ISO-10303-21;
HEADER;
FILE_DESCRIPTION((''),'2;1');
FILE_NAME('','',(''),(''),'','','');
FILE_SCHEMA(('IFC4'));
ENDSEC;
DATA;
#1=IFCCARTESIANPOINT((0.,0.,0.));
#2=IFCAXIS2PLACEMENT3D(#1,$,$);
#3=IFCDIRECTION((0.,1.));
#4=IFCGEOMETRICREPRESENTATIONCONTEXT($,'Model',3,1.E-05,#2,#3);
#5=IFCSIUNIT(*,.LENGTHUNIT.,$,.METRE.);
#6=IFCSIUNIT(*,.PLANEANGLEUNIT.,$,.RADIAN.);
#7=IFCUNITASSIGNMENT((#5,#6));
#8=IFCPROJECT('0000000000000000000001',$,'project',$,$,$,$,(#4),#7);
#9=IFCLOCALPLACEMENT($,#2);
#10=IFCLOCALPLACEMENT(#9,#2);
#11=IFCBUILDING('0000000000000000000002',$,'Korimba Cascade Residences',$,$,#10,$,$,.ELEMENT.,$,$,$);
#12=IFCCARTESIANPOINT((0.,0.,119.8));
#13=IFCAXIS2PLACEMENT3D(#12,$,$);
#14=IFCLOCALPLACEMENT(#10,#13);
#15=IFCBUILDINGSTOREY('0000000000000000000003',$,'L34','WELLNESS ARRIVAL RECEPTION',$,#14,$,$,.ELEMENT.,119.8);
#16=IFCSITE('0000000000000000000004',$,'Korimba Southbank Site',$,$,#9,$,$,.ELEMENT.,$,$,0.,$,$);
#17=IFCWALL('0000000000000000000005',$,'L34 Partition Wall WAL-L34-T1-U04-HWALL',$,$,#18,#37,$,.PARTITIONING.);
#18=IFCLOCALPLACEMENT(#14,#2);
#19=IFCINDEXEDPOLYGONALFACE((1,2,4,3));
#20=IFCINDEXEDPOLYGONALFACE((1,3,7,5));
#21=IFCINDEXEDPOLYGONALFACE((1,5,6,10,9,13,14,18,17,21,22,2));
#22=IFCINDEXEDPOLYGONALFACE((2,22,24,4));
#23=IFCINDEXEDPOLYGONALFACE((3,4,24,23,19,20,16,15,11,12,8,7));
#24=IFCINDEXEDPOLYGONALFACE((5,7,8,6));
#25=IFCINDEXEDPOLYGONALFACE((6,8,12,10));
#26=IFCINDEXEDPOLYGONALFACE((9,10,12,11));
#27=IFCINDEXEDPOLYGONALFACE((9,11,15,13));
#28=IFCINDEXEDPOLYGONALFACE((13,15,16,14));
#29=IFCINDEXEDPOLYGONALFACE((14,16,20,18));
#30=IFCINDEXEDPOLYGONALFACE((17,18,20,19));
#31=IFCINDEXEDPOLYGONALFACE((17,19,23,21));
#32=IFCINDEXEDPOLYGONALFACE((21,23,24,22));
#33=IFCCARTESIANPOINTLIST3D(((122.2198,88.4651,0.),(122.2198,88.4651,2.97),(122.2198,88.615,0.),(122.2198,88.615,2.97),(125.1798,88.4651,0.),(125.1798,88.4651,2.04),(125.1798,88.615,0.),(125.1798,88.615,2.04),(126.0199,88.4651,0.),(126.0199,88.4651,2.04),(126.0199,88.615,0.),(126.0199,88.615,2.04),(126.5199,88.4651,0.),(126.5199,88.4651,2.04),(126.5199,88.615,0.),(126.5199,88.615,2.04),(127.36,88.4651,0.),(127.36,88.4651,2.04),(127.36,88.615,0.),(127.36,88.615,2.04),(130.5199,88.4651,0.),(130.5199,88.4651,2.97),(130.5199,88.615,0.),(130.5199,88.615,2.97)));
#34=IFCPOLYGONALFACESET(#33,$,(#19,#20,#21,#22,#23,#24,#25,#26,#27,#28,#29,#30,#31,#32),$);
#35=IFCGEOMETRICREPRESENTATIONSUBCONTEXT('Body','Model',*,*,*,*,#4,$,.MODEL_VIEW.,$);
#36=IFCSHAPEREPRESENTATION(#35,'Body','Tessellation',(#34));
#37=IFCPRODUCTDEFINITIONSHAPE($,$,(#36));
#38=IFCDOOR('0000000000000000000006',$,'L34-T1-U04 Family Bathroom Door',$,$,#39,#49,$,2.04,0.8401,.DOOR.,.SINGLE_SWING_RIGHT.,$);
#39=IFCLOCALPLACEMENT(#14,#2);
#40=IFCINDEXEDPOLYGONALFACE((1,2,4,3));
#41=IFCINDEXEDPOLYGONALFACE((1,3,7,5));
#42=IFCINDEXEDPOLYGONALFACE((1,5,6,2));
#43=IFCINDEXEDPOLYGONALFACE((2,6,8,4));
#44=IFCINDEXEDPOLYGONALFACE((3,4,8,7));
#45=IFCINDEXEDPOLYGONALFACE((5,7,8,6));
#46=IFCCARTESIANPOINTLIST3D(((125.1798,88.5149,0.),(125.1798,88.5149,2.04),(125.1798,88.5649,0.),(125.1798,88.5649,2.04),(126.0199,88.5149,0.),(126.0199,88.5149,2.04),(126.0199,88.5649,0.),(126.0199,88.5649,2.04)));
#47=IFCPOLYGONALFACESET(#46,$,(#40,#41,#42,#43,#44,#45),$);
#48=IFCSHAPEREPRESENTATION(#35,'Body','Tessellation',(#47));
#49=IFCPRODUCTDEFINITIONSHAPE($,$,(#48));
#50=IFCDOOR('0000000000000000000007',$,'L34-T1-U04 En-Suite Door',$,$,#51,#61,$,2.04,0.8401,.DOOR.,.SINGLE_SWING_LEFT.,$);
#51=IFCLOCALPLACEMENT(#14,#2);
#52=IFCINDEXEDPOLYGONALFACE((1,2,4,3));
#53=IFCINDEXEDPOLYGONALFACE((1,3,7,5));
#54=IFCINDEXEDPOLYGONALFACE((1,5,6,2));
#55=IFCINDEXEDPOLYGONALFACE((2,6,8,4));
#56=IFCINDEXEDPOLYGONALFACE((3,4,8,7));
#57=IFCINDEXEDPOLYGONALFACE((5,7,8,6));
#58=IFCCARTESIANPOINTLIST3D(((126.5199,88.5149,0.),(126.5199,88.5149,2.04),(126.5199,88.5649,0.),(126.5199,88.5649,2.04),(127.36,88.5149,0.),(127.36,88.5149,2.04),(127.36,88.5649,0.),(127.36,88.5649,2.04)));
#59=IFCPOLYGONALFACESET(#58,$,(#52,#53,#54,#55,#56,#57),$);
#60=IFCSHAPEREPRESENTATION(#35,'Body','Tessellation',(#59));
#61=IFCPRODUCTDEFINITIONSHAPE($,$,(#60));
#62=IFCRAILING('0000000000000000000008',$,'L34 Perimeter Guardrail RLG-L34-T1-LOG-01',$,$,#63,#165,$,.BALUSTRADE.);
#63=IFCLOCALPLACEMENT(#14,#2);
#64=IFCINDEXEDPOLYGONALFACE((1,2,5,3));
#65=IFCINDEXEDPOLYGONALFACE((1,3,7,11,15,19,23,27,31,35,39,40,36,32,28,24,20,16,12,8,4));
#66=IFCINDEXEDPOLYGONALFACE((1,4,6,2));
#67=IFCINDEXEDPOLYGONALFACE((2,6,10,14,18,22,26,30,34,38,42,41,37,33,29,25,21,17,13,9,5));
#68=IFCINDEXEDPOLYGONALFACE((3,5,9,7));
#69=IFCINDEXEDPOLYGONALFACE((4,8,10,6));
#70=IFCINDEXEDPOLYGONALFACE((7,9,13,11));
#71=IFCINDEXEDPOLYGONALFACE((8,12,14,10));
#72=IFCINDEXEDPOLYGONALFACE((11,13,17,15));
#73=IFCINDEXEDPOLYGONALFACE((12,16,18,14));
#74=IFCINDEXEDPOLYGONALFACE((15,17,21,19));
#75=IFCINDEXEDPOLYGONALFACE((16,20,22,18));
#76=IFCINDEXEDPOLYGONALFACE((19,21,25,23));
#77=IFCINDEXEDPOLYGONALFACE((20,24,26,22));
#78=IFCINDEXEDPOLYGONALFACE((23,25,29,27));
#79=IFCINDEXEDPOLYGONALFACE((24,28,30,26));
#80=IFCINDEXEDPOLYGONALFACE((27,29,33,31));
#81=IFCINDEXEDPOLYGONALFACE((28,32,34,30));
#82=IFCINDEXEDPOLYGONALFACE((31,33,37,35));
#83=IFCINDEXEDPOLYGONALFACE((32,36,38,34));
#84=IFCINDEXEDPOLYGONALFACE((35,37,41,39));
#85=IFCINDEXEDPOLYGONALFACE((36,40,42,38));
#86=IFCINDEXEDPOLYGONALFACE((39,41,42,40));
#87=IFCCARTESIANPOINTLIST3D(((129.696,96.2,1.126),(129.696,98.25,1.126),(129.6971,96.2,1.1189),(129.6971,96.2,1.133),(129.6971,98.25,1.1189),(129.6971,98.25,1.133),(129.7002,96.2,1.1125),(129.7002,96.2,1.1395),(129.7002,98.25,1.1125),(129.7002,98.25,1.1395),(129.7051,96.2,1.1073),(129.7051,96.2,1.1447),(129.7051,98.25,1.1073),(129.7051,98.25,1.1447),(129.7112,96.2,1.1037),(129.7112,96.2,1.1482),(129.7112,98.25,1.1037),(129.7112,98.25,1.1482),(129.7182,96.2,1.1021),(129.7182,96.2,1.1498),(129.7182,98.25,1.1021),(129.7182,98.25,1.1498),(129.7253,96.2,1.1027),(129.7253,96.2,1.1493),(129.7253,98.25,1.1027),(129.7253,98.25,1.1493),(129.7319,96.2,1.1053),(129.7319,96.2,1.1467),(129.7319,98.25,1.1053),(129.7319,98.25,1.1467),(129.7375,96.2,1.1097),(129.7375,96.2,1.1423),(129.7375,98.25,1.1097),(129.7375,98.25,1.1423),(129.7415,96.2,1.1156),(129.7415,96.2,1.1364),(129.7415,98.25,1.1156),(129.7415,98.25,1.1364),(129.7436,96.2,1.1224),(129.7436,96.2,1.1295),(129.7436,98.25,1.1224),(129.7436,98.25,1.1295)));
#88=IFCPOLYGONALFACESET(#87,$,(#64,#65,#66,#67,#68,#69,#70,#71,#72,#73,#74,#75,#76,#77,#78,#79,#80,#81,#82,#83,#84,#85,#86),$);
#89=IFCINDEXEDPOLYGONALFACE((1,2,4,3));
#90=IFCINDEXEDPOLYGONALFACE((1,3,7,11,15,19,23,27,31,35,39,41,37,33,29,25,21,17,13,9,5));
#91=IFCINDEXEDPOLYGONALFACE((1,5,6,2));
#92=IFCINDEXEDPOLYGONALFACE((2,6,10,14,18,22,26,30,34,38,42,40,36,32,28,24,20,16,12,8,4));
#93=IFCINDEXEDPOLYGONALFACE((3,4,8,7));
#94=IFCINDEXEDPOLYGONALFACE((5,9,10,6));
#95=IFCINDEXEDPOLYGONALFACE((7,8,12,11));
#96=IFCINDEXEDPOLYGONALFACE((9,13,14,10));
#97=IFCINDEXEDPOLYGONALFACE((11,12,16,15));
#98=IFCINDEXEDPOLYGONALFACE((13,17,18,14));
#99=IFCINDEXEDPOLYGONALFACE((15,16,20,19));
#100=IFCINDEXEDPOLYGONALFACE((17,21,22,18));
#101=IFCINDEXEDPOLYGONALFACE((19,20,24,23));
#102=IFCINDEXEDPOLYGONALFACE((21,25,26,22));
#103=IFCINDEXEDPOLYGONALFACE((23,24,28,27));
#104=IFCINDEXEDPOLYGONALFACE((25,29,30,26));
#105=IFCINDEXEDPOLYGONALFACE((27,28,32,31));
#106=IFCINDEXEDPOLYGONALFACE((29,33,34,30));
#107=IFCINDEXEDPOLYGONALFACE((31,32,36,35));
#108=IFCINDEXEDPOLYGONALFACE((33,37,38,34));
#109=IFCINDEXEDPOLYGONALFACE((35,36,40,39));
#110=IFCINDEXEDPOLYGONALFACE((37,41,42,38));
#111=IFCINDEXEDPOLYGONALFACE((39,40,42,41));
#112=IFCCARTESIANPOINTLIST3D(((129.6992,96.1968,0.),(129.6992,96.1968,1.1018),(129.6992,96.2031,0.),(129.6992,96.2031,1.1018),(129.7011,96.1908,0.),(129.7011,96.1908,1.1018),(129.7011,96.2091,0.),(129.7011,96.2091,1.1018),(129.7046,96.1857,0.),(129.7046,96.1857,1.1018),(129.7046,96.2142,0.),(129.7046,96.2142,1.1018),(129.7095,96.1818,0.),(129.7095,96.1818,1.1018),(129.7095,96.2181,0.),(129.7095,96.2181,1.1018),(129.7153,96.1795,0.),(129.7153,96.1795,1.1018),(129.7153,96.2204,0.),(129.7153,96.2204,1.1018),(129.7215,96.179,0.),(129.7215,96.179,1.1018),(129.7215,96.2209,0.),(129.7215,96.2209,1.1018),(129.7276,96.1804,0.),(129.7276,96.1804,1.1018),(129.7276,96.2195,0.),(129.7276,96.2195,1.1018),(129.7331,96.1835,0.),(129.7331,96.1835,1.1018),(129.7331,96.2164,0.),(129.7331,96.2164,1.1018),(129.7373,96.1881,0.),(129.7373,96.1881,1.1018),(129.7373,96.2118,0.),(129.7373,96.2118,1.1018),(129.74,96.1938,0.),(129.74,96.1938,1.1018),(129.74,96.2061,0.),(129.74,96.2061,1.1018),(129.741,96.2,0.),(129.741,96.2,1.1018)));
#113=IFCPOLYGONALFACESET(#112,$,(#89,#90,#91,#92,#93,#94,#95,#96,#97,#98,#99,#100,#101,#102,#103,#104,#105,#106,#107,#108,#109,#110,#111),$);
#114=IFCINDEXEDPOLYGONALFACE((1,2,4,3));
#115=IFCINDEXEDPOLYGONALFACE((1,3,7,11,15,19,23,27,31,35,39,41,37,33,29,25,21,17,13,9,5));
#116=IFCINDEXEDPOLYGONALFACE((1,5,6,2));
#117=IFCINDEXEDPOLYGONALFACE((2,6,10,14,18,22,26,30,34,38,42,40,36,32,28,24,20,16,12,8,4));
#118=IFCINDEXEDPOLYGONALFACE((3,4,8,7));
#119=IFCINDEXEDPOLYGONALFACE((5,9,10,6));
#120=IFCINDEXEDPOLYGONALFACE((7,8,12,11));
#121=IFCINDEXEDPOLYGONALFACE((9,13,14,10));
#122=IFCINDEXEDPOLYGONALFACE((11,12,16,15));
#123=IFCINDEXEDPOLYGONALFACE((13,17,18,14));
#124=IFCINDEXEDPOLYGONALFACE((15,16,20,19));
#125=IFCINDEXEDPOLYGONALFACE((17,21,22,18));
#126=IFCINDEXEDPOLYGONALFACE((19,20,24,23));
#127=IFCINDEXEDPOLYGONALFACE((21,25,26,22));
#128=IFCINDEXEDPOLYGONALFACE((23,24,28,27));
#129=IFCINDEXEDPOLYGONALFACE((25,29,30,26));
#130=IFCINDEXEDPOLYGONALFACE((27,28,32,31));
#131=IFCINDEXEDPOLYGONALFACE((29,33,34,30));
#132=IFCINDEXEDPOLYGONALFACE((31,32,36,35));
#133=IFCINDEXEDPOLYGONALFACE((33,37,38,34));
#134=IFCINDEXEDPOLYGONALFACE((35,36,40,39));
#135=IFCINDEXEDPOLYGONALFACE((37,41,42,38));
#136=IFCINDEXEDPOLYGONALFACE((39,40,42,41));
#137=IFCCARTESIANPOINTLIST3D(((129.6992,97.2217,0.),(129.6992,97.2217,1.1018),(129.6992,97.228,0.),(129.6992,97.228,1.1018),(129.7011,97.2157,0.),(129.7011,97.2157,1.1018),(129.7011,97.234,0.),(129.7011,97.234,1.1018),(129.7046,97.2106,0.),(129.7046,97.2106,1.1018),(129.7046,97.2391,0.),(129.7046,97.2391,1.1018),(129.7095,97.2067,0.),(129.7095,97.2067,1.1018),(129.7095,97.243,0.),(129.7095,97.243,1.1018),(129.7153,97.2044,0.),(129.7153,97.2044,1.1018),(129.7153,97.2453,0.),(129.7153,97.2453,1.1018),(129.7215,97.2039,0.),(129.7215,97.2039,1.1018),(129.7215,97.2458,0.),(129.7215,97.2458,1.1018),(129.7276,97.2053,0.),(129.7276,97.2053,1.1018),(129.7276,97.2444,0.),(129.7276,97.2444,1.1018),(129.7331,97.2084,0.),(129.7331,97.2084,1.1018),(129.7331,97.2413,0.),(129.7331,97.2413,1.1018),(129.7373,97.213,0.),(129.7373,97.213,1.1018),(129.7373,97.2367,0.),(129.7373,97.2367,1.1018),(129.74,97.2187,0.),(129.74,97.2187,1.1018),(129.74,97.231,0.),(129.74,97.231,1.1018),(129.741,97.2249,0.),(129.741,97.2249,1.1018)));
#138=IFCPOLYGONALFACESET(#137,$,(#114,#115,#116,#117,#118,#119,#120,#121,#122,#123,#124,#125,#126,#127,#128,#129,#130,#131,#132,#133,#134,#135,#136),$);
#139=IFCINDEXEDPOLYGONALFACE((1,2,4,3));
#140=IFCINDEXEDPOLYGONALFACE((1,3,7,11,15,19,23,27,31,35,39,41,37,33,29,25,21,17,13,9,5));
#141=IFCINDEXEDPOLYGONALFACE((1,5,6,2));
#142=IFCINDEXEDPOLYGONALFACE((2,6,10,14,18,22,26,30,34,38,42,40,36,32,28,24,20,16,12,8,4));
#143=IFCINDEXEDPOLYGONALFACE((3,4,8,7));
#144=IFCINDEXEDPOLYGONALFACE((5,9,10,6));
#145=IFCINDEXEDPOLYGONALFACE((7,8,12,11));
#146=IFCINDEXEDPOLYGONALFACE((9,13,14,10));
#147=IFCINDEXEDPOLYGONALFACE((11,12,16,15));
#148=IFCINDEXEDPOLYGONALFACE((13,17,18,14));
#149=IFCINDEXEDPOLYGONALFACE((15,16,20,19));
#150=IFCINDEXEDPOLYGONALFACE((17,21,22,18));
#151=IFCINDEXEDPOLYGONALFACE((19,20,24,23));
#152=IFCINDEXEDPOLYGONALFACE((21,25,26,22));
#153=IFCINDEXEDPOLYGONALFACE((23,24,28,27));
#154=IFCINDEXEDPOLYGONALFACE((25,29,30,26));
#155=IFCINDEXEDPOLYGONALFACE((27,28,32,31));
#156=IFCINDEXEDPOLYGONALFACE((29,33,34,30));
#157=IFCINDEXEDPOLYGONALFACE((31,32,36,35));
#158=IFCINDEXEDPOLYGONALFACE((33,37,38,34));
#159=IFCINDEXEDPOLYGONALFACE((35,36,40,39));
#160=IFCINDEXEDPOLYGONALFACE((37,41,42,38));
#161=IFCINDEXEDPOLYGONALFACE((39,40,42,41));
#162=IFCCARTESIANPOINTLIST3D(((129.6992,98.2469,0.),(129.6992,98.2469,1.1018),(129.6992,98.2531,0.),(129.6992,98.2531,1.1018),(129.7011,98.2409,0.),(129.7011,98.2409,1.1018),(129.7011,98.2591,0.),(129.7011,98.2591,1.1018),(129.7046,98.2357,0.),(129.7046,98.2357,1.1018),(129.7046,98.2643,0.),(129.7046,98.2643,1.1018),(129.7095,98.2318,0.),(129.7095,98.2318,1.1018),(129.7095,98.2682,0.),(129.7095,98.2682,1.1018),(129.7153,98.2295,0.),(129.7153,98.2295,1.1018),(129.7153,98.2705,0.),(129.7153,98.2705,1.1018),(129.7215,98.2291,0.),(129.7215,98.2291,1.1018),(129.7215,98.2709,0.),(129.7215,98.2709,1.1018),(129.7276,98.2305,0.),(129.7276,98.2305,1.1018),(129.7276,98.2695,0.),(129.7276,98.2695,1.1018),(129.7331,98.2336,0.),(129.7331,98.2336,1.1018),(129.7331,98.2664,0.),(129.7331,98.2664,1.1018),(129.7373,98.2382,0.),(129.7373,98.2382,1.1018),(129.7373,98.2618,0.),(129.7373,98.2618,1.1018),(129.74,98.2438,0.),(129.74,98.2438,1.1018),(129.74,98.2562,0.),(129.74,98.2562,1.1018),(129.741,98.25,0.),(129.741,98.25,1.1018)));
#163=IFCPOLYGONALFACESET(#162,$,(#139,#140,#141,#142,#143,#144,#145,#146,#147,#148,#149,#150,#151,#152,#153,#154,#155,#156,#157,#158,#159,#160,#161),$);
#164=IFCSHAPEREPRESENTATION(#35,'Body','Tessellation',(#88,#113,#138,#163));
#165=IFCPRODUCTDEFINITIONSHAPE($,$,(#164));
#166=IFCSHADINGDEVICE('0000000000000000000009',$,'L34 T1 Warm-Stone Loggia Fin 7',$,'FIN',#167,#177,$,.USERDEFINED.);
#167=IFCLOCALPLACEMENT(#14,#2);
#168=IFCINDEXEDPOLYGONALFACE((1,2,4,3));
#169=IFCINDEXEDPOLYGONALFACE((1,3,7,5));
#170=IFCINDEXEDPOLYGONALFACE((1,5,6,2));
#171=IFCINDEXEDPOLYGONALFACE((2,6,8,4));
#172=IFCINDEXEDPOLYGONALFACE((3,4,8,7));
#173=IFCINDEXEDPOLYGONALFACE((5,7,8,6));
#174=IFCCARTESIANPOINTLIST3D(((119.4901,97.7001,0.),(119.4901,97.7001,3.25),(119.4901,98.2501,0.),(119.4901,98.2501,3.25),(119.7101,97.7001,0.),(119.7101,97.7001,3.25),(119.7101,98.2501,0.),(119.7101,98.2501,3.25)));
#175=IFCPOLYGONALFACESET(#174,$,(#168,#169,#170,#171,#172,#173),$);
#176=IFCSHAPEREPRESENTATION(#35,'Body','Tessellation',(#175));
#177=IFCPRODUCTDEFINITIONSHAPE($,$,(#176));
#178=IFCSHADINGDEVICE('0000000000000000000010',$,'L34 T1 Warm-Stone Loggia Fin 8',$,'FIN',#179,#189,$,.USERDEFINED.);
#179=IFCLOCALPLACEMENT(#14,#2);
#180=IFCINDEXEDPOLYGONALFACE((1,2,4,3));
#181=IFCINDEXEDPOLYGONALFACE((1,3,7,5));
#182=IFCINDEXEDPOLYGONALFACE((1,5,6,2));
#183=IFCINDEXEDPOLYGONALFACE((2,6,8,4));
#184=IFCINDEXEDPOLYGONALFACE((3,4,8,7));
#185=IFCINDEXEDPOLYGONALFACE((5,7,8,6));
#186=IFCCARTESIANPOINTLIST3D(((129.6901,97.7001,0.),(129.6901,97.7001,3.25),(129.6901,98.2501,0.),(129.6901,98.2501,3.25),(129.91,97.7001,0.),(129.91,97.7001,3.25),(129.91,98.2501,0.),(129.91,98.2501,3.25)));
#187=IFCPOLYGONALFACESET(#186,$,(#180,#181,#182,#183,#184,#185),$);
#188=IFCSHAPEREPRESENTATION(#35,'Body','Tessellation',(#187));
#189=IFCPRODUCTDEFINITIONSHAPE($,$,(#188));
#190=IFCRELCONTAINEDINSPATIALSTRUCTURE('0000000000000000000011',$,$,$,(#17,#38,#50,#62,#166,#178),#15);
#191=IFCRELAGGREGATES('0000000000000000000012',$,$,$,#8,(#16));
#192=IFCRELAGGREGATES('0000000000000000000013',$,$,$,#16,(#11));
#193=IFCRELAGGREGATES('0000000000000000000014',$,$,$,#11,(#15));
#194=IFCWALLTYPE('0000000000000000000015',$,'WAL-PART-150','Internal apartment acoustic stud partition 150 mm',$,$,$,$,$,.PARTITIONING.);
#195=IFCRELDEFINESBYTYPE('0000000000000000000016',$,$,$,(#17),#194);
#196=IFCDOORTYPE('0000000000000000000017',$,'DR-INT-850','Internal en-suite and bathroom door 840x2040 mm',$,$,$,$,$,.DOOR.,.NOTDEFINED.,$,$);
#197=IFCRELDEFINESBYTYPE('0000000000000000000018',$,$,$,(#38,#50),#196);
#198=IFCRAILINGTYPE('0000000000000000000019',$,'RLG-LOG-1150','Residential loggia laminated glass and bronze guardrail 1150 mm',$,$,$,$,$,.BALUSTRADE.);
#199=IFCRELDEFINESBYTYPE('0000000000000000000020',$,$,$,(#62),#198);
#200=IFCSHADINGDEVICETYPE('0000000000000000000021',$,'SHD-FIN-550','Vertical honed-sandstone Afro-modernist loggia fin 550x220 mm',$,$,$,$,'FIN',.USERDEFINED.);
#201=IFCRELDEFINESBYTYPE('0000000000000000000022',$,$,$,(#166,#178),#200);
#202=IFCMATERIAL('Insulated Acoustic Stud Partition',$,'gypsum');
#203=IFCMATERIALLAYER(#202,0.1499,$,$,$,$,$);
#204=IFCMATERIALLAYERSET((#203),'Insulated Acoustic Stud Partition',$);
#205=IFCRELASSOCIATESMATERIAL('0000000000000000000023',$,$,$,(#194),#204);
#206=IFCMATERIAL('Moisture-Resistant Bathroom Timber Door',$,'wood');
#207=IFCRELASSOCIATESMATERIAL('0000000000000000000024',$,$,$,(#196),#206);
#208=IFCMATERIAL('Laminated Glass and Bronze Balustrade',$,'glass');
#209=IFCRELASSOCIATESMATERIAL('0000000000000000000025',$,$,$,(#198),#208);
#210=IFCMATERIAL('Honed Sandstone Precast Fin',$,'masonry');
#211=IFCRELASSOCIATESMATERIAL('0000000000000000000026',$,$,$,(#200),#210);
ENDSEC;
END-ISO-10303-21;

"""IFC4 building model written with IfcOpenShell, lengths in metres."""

from ifc_helpers import new_model, si_unit, direction, frame, frame_2d, origin, origin_2d, place, context, subcontext, project, spatial, rectangle, circle, extrude, material, layer, layer_set, type_object, element, fill, save


model = new_model("IFC4")

# Units and contexts
model_context = context("Model", 3, precision=1e-05, world=origin(), true_north=direction((0.0, 1.0)))
body_context = subcontext(model_context, "Body", "Model", "MODEL_VIEW")
ifc_project = project(units=[si_unit("LENGTHUNIT", "METRE"), si_unit("PLANEANGLEUNIT", "RADIAN")], contexts=[model_context])

# Site, building, storey
site_placement = place(None, origin())
site = spatial("IfcSite", under=ifc_project, at=site_placement, Name="Korimba Southbank Site", CompositionType="ELEMENT", RefElevation=0.0)
building_placement = place(site_placement, origin())
building = spatial("IfcBuilding", under=site, at=building_placement, Name="Korimba Cascade Residences", CompositionType="ELEMENT")
storey_placement = place(building_placement, frame((0.0, 0.0, 119.8)))
storey = spatial("IfcBuildingStorey", under=building, at=storey_placement, Name="L34", Description="WELLNESS ARRIVAL RECEPTION", CompositionType="ELEMENT", Elevation=119.8)

# Shared definitions
ifc_material_1 = material(Name="Insulated Acoustic Stud Partition", Category="gypsum")
ifc_layer_1 = layer(ifc_material_1, 0.1499)
ifc_layer_set_1 = layer_set([ifc_layer_1], Name="Insulated Acoustic Stud Partition")
wall_type_1 = type_object("IfcWallType", Name="WAL-PART-150", Description="Internal apartment acoustic stud partition 150 mm", PredefinedType="PARTITIONING", material=ifc_layer_set_1)

# Wall, openings, doors
wall_1_placement = place(storey_placement, frame((122.22, 88.54, 0.0), z_axis=(0.0, 0.0, 1.0), x_axis=(1.0, 0.0, 0.0)))
wall_1 = element("IfcWall", 1, at=wall_1_placement, inside=storey, type_object=wall_type_1, Name="L34 Partition Wall WAL-L34-T1-U04-HWALL", PredefinedType="PARTITIONING", context=body_context, shape_type="SweptSolid", body=[
    extrude(rectangle(XDim=8.3, YDim=0.1499, at=frame_2d((4.1499, 0.0))), origin(), (0.0, 0.0, 1.0), 2.97),
])
opening_1_placement = place(wall_1_placement, frame((2.96, 0.0, 0.0)))
opening_1 = element("IfcOpeningElement", 2, at=opening_1_placement, cuts=wall_1, PredefinedType="OPENING", context=body_context, shape_type="SweptSolid", body=[
    extrude(rectangle(XDim=0.8401, YDim=2.04, at=frame_2d((0.4199, 1.02))), frame((0.0, 0.085, 0.0), z_axis=(0.0, -1.0, 0.0), x_axis=(1.0, 0.0, 0.0)), (0.0, 0.0, 1.0), 0.1699),
])
opening_2_placement = place(wall_1_placement, frame((4.3, 0.0, 0.0)))
opening_2 = element("IfcOpeningElement", 3, at=opening_2_placement, cuts=wall_1, PredefinedType="OPENING", context=body_context, shape_type="SweptSolid", body=[
    extrude(rectangle(XDim=0.8401, YDim=2.04, at=frame_2d((0.4199, 1.02))), frame((0.0, 0.085, 0.0), z_axis=(0.0, -1.0, 0.0), x_axis=(1.0, 0.0, 0.0)), (0.0, 0.0, 1.0), 0.1699),
])
ifc_material_2 = material(Name="Moisture-Resistant Bathroom Timber Door", Category="wood")
door_type_1 = type_object("IfcDoorType", Name="DR-INT-850", Description="Internal en-suite and bathroom door 840x2040 mm", OperationType="NOTDEFINED", PredefinedType="DOOR", material=ifc_material_2)
door_1_placement = place(opening_1_placement, origin())
door_1 = element("IfcDoor", 4, at=door_1_placement, inside=storey, type_object=door_type_1, Name="L34-T1-U04 Family Bathroom Door", OperationType="SINGLE_SWING_RIGHT", OverallHeight=2.04, OverallWidth=0.8401, PredefinedType="DOOR", context=body_context, shape_type="SweptSolid", body=[
    extrude(rectangle(XDim=0.8401, YDim=2.04, at=frame_2d((0.4199, 1.02))), frame((0.0, 0.0249, 0.0), z_axis=(0.0, -1.0, 0.0), x_axis=(1.0, 0.0, 0.0)), (0.0, 0.0, 1.0), 0.05),
])
fill(opening_1, door_1)
door_2_placement = place(opening_2_placement, origin())
door_2 = element("IfcDoor", 5, at=door_2_placement, inside=storey, type_object=door_type_1, Name="L34-T1-U04 En-Suite Door", OperationType="SINGLE_SWING_LEFT", OverallHeight=2.04, OverallWidth=0.8401, PredefinedType="DOOR", context=body_context, shape_type="SweptSolid", body=[
    extrude(rectangle(XDim=0.8401, YDim=2.04, at=frame_2d((0.4199, 1.02))), frame((0.0, 0.0249, 0.0), z_axis=(0.0, -1.0, 0.0), x_axis=(1.0, 0.0, 0.0)), (0.0, 0.0, 1.0), 0.05),
])
fill(opening_2, door_2)

# Railing
ifc_material_3 = material(Name="Laminated Glass and Bronze Balustrade", Category="glass")
railing_type = type_object("IfcRailingType", Name="RLG-LOG-1150", Description="Residential loggia laminated glass and bronze guardrail 1150 mm", PredefinedType="BALUSTRADE", material=ifc_material_3)
railing_1_placement = place(storey_placement, frame((129.72, 96.2, 0.0)))
element("IfcRailing", 6, at=railing_1_placement, inside=storey, type_object=railing_type, Name="L34 Perimeter Guardrail RLG-L34-T1-LOG-01", PredefinedType="BALUSTRADE", context=body_context, shape_type="SweptSolid", body=[
    extrude(circle(Radius=0.0239, at=origin_2d()), frame((0.0, 0.0, 1.126), z_axis=(0.0, 1.0, 0.0), x_axis=(-1.0, 0.0, 0.0)), (0.0, 0.0, 1.0), 2.05),
    extrude(circle(Radius=0.021, at=origin_2d()), origin(), (0.0, 0.0, 1.0), 1.1018),
    extrude(circle(Radius=0.021, at=origin_2d()), frame((0.0, 1.0249, 0.0)), (0.0, 0.0, 1.0), 1.1018),
    extrude(circle(Radius=0.021, at=origin_2d()), frame((0.0, 2.05, 0.0)), (0.0, 0.0, 1.0), 1.1018),
])

# Shading devices
ifc_material_4 = material(Name="Honed Sandstone Precast Fin", Category="masonry")
shading_device_type = type_object("IfcShadingDeviceType", Name="SHD-FIN-550", Description="Vertical honed-sandstone Afro-modernist loggia fin 550x220 mm", ElementType="FIN", PredefinedType="USERDEFINED", material=ifc_material_4)
for number, where, z_axis, x_axis, name in (
    (7, (119.6001, 97.9751, 0.0), (0.0, 0.0, 1.0), (1.0, 0.0, 0.0), "L34 T1 Warm-Stone Loggia Fin 7"),
    (8, (129.8, 97.9751, 0.0), (0.0, 0.0, 1.0), (1.0, 0.0, 0.0), "L34 T1 Warm-Stone Loggia Fin 8"),
):
    element("IfcShadingDevice", number, at=place(storey_placement, frame(where, z_axis=z_axis, x_axis=x_axis)), inside=storey, type_object=shading_device_type, Name=name, ObjectType="FIN", PredefinedType="USERDEFINED", context=body_context, shape_type="SweptSolid", body=[
        extrude(rectangle(XDim=0.22, YDim=0.55, at=origin_2d()), origin(), (0.0, 0.0, 1.0), 3.25),
    ])

save(model, "model.ifc")
